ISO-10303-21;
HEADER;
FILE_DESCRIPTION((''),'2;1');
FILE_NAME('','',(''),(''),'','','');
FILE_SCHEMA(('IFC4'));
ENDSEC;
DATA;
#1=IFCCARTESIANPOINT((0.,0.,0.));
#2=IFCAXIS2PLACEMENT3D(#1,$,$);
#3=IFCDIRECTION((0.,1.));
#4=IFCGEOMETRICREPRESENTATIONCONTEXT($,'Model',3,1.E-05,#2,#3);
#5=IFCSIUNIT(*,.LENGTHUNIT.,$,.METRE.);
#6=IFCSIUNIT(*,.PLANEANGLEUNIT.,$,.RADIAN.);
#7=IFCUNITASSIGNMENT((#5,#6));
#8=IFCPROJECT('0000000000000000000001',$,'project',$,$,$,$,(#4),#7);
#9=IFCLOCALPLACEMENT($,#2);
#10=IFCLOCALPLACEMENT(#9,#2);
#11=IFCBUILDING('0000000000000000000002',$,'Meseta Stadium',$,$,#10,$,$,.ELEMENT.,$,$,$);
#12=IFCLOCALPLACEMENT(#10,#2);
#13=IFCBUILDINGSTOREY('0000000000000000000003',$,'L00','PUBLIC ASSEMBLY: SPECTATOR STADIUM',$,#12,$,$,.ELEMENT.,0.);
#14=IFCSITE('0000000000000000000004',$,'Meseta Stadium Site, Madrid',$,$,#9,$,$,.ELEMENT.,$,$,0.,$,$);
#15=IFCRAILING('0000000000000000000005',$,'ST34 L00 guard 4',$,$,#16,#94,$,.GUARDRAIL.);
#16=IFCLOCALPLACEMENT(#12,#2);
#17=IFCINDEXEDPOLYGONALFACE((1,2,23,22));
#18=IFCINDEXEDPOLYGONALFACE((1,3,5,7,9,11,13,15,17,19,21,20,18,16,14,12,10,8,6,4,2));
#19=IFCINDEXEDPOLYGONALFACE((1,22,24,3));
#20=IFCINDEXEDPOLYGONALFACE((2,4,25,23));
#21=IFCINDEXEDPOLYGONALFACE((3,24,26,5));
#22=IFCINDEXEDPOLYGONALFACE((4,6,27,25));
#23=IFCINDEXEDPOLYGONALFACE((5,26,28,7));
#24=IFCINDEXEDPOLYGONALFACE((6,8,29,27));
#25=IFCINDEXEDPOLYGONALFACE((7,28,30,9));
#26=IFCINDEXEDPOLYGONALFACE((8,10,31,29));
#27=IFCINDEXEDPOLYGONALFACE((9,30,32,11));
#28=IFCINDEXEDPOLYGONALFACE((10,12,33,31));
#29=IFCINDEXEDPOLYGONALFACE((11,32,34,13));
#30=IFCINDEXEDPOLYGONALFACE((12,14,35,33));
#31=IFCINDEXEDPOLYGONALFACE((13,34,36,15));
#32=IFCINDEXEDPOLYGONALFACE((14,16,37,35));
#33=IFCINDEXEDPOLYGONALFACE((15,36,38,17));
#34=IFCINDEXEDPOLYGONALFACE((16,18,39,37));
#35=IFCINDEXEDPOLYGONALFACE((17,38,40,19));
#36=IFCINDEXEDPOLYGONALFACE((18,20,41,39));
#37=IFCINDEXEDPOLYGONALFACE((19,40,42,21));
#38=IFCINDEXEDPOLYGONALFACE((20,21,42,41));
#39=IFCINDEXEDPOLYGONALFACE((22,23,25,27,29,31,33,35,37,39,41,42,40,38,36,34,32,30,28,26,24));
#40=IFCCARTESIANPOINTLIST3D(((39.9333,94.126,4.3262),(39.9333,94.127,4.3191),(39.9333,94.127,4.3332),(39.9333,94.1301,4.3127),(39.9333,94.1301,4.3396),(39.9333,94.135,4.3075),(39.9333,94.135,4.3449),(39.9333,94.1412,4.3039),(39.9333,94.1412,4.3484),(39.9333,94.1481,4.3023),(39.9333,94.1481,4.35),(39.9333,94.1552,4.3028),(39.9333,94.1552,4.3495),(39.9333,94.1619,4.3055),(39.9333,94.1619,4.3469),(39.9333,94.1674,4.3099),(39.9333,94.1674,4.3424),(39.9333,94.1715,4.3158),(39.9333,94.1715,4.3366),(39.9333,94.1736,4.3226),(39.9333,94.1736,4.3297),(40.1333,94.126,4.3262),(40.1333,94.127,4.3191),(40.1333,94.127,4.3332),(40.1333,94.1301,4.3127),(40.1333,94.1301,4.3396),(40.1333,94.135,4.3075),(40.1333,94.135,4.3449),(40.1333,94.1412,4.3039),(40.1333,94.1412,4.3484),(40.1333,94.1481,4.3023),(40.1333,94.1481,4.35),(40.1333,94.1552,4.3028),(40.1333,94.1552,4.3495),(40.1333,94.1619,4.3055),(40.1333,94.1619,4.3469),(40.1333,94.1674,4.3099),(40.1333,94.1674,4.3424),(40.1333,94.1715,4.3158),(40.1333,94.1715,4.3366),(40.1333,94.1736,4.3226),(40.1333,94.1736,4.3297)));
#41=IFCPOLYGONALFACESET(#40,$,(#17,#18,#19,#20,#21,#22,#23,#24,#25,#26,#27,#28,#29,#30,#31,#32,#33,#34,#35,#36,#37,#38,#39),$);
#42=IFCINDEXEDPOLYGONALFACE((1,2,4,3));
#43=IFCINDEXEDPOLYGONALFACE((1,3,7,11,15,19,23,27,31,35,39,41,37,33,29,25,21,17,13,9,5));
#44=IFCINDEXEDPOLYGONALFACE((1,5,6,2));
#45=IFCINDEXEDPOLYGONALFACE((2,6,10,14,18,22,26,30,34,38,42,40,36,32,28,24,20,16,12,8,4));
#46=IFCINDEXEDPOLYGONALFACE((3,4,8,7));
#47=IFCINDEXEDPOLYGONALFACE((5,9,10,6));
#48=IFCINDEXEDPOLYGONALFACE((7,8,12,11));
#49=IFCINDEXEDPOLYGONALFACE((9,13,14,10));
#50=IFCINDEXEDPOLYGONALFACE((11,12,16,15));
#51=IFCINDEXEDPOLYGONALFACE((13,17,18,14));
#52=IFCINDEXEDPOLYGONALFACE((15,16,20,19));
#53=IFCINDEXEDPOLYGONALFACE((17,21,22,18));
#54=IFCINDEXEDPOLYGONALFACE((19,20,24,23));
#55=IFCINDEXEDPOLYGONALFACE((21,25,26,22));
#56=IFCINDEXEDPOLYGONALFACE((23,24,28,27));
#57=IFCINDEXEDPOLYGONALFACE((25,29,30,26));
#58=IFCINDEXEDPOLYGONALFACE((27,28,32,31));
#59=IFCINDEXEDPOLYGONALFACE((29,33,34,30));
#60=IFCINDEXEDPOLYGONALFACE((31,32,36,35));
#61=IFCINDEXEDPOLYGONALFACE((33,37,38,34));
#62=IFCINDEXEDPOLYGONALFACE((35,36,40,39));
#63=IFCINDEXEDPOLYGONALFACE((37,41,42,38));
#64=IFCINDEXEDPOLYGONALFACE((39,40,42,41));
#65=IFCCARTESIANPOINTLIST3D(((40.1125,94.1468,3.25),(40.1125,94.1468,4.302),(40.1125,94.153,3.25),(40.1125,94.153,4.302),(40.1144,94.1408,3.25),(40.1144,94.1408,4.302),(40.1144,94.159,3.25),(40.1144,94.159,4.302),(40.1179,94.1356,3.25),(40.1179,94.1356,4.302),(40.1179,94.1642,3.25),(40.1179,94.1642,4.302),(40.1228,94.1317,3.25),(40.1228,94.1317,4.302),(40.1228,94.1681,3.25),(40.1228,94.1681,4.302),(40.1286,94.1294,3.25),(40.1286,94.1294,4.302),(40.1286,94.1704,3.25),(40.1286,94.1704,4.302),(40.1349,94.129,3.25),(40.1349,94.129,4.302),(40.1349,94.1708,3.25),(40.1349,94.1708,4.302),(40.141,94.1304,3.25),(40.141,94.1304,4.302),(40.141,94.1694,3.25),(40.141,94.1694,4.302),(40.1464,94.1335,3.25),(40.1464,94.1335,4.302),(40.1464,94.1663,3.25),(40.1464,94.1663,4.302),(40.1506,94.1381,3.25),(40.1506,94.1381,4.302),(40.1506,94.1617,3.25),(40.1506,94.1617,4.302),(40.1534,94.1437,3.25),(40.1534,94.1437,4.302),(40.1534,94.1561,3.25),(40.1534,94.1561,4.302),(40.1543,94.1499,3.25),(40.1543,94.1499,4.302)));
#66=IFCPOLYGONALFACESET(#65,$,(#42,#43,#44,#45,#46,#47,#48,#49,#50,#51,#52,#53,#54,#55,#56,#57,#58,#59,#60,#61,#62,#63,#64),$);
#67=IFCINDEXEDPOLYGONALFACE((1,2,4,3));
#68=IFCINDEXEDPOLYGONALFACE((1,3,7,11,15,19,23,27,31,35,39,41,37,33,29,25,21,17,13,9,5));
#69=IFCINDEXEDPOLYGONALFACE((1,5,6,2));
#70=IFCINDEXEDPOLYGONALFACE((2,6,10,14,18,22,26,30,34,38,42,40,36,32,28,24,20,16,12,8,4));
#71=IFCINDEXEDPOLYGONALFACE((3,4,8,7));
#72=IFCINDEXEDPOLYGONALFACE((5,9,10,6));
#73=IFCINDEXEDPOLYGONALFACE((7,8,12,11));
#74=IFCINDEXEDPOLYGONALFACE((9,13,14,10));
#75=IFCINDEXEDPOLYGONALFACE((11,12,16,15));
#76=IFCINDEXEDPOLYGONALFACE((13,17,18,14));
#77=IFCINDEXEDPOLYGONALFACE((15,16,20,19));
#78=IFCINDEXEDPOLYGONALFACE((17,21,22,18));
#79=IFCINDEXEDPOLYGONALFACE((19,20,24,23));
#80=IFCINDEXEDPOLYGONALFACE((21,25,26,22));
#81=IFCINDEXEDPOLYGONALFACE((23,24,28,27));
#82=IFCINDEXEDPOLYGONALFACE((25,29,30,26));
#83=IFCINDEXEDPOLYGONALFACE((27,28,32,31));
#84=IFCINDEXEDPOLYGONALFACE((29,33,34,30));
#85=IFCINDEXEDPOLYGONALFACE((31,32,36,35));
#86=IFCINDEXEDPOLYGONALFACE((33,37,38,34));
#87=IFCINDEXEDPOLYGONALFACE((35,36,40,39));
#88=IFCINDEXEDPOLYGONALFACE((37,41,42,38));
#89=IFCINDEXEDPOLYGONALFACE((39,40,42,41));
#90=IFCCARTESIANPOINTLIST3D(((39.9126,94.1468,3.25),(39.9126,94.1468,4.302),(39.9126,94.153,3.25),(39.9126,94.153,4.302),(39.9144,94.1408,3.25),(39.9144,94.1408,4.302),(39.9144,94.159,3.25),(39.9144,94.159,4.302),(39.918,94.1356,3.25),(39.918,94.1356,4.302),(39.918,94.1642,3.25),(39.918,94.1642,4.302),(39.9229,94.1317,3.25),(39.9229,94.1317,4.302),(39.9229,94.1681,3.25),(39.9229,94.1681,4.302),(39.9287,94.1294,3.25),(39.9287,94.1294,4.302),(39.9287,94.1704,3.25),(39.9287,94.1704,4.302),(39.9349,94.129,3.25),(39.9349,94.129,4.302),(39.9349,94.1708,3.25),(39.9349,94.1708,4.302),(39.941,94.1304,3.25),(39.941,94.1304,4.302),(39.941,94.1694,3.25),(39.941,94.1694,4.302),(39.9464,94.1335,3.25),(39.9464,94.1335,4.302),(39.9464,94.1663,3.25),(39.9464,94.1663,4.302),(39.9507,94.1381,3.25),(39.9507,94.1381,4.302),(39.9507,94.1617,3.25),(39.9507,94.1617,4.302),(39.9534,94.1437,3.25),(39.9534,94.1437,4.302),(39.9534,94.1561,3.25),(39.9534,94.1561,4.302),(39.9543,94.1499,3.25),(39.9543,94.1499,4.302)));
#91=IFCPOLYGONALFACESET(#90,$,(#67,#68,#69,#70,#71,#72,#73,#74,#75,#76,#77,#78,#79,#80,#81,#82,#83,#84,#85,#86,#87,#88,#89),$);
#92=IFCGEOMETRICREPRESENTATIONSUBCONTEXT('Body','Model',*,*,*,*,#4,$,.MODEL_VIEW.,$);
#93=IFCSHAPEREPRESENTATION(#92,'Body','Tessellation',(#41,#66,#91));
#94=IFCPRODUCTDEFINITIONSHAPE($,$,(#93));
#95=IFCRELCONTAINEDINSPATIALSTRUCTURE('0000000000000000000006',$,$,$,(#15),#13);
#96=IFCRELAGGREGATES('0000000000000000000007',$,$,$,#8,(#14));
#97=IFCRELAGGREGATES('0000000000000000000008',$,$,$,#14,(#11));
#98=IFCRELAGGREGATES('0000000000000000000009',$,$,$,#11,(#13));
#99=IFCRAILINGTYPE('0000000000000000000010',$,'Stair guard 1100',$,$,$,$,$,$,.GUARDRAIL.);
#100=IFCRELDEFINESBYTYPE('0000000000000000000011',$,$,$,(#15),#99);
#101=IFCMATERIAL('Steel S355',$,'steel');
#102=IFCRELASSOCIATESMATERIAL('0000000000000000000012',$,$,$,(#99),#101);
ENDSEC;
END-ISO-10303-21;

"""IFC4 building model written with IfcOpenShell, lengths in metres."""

from ifc_helpers import new_model, si_unit, direction, frame, origin, origin_2d, place, context, subcontext, project, spatial, circle, extrude, material, type_object, element, save


model = new_model("IFC4")

# Units and contexts
model_context = context("Model", 3, precision=1e-05, world=origin(), true_north=direction((0.0, 1.0)))
body_context = subcontext(model_context, "Body", "Model", "MODEL_VIEW")
ifc_project = project(units=[si_unit("LENGTHUNIT", "METRE"), si_unit("PLANEANGLEUNIT", "RADIAN")], contexts=[model_context])

# Site, building, storey
site_placement = place(None, origin())
site = spatial("IfcSite", under=ifc_project, at=site_placement, Name="Meseta Stadium Site, Madrid", CompositionType="ELEMENT", RefElevation=0.0)
building_placement = place(site_placement, origin())
building = spatial("IfcBuilding", under=site, at=building_placement, Name="Meseta Stadium", CompositionType="ELEMENT")
storey_placement = place(building_placement, origin())
storey = spatial("IfcBuildingStorey", under=building, at=storey_placement, Name="L00", Description="PUBLIC ASSEMBLY: SPECTATOR STADIUM", CompositionType="ELEMENT", Elevation=0.0)

# Railing
ifc_material_1 = material(Name="Steel S355", Category="steel")
railing_type_1 = type_object("IfcRailingType", Name="Stair guard 1100", PredefinedType="GUARDRAIL", material=ifc_material_1)
railing_1_placement = place(storey_placement, frame((40.1333, 94.1499, 3.25)))
element("IfcRailing", 1, at=railing_1_placement, inside=storey, type_object=railing_type_1, Name="ST34 L00 guard 4", PredefinedType="GUARDRAIL", context=body_context, shape_type="SweptSolid", body=[
    extrude(circle(Radius=0.0239, at=origin_2d()), frame((0.0, 0.0, 1.0762), z_axis=(-1.0, 0.0, 0.0), x_axis=(0.0, -1.0, 0.0)), (0.0, 0.0, 1.0), 0.2),
    extrude(circle(Radius=0.021, at=origin_2d()), origin(), (0.0, 0.0, 1.0), 1.052),
    extrude(circle(Radius=0.021, at=origin_2d()), frame((-0.2, 0.0, 0.0)), (0.0, 0.0, 1.0), 1.052),
])

save(model, "model.ifc")
